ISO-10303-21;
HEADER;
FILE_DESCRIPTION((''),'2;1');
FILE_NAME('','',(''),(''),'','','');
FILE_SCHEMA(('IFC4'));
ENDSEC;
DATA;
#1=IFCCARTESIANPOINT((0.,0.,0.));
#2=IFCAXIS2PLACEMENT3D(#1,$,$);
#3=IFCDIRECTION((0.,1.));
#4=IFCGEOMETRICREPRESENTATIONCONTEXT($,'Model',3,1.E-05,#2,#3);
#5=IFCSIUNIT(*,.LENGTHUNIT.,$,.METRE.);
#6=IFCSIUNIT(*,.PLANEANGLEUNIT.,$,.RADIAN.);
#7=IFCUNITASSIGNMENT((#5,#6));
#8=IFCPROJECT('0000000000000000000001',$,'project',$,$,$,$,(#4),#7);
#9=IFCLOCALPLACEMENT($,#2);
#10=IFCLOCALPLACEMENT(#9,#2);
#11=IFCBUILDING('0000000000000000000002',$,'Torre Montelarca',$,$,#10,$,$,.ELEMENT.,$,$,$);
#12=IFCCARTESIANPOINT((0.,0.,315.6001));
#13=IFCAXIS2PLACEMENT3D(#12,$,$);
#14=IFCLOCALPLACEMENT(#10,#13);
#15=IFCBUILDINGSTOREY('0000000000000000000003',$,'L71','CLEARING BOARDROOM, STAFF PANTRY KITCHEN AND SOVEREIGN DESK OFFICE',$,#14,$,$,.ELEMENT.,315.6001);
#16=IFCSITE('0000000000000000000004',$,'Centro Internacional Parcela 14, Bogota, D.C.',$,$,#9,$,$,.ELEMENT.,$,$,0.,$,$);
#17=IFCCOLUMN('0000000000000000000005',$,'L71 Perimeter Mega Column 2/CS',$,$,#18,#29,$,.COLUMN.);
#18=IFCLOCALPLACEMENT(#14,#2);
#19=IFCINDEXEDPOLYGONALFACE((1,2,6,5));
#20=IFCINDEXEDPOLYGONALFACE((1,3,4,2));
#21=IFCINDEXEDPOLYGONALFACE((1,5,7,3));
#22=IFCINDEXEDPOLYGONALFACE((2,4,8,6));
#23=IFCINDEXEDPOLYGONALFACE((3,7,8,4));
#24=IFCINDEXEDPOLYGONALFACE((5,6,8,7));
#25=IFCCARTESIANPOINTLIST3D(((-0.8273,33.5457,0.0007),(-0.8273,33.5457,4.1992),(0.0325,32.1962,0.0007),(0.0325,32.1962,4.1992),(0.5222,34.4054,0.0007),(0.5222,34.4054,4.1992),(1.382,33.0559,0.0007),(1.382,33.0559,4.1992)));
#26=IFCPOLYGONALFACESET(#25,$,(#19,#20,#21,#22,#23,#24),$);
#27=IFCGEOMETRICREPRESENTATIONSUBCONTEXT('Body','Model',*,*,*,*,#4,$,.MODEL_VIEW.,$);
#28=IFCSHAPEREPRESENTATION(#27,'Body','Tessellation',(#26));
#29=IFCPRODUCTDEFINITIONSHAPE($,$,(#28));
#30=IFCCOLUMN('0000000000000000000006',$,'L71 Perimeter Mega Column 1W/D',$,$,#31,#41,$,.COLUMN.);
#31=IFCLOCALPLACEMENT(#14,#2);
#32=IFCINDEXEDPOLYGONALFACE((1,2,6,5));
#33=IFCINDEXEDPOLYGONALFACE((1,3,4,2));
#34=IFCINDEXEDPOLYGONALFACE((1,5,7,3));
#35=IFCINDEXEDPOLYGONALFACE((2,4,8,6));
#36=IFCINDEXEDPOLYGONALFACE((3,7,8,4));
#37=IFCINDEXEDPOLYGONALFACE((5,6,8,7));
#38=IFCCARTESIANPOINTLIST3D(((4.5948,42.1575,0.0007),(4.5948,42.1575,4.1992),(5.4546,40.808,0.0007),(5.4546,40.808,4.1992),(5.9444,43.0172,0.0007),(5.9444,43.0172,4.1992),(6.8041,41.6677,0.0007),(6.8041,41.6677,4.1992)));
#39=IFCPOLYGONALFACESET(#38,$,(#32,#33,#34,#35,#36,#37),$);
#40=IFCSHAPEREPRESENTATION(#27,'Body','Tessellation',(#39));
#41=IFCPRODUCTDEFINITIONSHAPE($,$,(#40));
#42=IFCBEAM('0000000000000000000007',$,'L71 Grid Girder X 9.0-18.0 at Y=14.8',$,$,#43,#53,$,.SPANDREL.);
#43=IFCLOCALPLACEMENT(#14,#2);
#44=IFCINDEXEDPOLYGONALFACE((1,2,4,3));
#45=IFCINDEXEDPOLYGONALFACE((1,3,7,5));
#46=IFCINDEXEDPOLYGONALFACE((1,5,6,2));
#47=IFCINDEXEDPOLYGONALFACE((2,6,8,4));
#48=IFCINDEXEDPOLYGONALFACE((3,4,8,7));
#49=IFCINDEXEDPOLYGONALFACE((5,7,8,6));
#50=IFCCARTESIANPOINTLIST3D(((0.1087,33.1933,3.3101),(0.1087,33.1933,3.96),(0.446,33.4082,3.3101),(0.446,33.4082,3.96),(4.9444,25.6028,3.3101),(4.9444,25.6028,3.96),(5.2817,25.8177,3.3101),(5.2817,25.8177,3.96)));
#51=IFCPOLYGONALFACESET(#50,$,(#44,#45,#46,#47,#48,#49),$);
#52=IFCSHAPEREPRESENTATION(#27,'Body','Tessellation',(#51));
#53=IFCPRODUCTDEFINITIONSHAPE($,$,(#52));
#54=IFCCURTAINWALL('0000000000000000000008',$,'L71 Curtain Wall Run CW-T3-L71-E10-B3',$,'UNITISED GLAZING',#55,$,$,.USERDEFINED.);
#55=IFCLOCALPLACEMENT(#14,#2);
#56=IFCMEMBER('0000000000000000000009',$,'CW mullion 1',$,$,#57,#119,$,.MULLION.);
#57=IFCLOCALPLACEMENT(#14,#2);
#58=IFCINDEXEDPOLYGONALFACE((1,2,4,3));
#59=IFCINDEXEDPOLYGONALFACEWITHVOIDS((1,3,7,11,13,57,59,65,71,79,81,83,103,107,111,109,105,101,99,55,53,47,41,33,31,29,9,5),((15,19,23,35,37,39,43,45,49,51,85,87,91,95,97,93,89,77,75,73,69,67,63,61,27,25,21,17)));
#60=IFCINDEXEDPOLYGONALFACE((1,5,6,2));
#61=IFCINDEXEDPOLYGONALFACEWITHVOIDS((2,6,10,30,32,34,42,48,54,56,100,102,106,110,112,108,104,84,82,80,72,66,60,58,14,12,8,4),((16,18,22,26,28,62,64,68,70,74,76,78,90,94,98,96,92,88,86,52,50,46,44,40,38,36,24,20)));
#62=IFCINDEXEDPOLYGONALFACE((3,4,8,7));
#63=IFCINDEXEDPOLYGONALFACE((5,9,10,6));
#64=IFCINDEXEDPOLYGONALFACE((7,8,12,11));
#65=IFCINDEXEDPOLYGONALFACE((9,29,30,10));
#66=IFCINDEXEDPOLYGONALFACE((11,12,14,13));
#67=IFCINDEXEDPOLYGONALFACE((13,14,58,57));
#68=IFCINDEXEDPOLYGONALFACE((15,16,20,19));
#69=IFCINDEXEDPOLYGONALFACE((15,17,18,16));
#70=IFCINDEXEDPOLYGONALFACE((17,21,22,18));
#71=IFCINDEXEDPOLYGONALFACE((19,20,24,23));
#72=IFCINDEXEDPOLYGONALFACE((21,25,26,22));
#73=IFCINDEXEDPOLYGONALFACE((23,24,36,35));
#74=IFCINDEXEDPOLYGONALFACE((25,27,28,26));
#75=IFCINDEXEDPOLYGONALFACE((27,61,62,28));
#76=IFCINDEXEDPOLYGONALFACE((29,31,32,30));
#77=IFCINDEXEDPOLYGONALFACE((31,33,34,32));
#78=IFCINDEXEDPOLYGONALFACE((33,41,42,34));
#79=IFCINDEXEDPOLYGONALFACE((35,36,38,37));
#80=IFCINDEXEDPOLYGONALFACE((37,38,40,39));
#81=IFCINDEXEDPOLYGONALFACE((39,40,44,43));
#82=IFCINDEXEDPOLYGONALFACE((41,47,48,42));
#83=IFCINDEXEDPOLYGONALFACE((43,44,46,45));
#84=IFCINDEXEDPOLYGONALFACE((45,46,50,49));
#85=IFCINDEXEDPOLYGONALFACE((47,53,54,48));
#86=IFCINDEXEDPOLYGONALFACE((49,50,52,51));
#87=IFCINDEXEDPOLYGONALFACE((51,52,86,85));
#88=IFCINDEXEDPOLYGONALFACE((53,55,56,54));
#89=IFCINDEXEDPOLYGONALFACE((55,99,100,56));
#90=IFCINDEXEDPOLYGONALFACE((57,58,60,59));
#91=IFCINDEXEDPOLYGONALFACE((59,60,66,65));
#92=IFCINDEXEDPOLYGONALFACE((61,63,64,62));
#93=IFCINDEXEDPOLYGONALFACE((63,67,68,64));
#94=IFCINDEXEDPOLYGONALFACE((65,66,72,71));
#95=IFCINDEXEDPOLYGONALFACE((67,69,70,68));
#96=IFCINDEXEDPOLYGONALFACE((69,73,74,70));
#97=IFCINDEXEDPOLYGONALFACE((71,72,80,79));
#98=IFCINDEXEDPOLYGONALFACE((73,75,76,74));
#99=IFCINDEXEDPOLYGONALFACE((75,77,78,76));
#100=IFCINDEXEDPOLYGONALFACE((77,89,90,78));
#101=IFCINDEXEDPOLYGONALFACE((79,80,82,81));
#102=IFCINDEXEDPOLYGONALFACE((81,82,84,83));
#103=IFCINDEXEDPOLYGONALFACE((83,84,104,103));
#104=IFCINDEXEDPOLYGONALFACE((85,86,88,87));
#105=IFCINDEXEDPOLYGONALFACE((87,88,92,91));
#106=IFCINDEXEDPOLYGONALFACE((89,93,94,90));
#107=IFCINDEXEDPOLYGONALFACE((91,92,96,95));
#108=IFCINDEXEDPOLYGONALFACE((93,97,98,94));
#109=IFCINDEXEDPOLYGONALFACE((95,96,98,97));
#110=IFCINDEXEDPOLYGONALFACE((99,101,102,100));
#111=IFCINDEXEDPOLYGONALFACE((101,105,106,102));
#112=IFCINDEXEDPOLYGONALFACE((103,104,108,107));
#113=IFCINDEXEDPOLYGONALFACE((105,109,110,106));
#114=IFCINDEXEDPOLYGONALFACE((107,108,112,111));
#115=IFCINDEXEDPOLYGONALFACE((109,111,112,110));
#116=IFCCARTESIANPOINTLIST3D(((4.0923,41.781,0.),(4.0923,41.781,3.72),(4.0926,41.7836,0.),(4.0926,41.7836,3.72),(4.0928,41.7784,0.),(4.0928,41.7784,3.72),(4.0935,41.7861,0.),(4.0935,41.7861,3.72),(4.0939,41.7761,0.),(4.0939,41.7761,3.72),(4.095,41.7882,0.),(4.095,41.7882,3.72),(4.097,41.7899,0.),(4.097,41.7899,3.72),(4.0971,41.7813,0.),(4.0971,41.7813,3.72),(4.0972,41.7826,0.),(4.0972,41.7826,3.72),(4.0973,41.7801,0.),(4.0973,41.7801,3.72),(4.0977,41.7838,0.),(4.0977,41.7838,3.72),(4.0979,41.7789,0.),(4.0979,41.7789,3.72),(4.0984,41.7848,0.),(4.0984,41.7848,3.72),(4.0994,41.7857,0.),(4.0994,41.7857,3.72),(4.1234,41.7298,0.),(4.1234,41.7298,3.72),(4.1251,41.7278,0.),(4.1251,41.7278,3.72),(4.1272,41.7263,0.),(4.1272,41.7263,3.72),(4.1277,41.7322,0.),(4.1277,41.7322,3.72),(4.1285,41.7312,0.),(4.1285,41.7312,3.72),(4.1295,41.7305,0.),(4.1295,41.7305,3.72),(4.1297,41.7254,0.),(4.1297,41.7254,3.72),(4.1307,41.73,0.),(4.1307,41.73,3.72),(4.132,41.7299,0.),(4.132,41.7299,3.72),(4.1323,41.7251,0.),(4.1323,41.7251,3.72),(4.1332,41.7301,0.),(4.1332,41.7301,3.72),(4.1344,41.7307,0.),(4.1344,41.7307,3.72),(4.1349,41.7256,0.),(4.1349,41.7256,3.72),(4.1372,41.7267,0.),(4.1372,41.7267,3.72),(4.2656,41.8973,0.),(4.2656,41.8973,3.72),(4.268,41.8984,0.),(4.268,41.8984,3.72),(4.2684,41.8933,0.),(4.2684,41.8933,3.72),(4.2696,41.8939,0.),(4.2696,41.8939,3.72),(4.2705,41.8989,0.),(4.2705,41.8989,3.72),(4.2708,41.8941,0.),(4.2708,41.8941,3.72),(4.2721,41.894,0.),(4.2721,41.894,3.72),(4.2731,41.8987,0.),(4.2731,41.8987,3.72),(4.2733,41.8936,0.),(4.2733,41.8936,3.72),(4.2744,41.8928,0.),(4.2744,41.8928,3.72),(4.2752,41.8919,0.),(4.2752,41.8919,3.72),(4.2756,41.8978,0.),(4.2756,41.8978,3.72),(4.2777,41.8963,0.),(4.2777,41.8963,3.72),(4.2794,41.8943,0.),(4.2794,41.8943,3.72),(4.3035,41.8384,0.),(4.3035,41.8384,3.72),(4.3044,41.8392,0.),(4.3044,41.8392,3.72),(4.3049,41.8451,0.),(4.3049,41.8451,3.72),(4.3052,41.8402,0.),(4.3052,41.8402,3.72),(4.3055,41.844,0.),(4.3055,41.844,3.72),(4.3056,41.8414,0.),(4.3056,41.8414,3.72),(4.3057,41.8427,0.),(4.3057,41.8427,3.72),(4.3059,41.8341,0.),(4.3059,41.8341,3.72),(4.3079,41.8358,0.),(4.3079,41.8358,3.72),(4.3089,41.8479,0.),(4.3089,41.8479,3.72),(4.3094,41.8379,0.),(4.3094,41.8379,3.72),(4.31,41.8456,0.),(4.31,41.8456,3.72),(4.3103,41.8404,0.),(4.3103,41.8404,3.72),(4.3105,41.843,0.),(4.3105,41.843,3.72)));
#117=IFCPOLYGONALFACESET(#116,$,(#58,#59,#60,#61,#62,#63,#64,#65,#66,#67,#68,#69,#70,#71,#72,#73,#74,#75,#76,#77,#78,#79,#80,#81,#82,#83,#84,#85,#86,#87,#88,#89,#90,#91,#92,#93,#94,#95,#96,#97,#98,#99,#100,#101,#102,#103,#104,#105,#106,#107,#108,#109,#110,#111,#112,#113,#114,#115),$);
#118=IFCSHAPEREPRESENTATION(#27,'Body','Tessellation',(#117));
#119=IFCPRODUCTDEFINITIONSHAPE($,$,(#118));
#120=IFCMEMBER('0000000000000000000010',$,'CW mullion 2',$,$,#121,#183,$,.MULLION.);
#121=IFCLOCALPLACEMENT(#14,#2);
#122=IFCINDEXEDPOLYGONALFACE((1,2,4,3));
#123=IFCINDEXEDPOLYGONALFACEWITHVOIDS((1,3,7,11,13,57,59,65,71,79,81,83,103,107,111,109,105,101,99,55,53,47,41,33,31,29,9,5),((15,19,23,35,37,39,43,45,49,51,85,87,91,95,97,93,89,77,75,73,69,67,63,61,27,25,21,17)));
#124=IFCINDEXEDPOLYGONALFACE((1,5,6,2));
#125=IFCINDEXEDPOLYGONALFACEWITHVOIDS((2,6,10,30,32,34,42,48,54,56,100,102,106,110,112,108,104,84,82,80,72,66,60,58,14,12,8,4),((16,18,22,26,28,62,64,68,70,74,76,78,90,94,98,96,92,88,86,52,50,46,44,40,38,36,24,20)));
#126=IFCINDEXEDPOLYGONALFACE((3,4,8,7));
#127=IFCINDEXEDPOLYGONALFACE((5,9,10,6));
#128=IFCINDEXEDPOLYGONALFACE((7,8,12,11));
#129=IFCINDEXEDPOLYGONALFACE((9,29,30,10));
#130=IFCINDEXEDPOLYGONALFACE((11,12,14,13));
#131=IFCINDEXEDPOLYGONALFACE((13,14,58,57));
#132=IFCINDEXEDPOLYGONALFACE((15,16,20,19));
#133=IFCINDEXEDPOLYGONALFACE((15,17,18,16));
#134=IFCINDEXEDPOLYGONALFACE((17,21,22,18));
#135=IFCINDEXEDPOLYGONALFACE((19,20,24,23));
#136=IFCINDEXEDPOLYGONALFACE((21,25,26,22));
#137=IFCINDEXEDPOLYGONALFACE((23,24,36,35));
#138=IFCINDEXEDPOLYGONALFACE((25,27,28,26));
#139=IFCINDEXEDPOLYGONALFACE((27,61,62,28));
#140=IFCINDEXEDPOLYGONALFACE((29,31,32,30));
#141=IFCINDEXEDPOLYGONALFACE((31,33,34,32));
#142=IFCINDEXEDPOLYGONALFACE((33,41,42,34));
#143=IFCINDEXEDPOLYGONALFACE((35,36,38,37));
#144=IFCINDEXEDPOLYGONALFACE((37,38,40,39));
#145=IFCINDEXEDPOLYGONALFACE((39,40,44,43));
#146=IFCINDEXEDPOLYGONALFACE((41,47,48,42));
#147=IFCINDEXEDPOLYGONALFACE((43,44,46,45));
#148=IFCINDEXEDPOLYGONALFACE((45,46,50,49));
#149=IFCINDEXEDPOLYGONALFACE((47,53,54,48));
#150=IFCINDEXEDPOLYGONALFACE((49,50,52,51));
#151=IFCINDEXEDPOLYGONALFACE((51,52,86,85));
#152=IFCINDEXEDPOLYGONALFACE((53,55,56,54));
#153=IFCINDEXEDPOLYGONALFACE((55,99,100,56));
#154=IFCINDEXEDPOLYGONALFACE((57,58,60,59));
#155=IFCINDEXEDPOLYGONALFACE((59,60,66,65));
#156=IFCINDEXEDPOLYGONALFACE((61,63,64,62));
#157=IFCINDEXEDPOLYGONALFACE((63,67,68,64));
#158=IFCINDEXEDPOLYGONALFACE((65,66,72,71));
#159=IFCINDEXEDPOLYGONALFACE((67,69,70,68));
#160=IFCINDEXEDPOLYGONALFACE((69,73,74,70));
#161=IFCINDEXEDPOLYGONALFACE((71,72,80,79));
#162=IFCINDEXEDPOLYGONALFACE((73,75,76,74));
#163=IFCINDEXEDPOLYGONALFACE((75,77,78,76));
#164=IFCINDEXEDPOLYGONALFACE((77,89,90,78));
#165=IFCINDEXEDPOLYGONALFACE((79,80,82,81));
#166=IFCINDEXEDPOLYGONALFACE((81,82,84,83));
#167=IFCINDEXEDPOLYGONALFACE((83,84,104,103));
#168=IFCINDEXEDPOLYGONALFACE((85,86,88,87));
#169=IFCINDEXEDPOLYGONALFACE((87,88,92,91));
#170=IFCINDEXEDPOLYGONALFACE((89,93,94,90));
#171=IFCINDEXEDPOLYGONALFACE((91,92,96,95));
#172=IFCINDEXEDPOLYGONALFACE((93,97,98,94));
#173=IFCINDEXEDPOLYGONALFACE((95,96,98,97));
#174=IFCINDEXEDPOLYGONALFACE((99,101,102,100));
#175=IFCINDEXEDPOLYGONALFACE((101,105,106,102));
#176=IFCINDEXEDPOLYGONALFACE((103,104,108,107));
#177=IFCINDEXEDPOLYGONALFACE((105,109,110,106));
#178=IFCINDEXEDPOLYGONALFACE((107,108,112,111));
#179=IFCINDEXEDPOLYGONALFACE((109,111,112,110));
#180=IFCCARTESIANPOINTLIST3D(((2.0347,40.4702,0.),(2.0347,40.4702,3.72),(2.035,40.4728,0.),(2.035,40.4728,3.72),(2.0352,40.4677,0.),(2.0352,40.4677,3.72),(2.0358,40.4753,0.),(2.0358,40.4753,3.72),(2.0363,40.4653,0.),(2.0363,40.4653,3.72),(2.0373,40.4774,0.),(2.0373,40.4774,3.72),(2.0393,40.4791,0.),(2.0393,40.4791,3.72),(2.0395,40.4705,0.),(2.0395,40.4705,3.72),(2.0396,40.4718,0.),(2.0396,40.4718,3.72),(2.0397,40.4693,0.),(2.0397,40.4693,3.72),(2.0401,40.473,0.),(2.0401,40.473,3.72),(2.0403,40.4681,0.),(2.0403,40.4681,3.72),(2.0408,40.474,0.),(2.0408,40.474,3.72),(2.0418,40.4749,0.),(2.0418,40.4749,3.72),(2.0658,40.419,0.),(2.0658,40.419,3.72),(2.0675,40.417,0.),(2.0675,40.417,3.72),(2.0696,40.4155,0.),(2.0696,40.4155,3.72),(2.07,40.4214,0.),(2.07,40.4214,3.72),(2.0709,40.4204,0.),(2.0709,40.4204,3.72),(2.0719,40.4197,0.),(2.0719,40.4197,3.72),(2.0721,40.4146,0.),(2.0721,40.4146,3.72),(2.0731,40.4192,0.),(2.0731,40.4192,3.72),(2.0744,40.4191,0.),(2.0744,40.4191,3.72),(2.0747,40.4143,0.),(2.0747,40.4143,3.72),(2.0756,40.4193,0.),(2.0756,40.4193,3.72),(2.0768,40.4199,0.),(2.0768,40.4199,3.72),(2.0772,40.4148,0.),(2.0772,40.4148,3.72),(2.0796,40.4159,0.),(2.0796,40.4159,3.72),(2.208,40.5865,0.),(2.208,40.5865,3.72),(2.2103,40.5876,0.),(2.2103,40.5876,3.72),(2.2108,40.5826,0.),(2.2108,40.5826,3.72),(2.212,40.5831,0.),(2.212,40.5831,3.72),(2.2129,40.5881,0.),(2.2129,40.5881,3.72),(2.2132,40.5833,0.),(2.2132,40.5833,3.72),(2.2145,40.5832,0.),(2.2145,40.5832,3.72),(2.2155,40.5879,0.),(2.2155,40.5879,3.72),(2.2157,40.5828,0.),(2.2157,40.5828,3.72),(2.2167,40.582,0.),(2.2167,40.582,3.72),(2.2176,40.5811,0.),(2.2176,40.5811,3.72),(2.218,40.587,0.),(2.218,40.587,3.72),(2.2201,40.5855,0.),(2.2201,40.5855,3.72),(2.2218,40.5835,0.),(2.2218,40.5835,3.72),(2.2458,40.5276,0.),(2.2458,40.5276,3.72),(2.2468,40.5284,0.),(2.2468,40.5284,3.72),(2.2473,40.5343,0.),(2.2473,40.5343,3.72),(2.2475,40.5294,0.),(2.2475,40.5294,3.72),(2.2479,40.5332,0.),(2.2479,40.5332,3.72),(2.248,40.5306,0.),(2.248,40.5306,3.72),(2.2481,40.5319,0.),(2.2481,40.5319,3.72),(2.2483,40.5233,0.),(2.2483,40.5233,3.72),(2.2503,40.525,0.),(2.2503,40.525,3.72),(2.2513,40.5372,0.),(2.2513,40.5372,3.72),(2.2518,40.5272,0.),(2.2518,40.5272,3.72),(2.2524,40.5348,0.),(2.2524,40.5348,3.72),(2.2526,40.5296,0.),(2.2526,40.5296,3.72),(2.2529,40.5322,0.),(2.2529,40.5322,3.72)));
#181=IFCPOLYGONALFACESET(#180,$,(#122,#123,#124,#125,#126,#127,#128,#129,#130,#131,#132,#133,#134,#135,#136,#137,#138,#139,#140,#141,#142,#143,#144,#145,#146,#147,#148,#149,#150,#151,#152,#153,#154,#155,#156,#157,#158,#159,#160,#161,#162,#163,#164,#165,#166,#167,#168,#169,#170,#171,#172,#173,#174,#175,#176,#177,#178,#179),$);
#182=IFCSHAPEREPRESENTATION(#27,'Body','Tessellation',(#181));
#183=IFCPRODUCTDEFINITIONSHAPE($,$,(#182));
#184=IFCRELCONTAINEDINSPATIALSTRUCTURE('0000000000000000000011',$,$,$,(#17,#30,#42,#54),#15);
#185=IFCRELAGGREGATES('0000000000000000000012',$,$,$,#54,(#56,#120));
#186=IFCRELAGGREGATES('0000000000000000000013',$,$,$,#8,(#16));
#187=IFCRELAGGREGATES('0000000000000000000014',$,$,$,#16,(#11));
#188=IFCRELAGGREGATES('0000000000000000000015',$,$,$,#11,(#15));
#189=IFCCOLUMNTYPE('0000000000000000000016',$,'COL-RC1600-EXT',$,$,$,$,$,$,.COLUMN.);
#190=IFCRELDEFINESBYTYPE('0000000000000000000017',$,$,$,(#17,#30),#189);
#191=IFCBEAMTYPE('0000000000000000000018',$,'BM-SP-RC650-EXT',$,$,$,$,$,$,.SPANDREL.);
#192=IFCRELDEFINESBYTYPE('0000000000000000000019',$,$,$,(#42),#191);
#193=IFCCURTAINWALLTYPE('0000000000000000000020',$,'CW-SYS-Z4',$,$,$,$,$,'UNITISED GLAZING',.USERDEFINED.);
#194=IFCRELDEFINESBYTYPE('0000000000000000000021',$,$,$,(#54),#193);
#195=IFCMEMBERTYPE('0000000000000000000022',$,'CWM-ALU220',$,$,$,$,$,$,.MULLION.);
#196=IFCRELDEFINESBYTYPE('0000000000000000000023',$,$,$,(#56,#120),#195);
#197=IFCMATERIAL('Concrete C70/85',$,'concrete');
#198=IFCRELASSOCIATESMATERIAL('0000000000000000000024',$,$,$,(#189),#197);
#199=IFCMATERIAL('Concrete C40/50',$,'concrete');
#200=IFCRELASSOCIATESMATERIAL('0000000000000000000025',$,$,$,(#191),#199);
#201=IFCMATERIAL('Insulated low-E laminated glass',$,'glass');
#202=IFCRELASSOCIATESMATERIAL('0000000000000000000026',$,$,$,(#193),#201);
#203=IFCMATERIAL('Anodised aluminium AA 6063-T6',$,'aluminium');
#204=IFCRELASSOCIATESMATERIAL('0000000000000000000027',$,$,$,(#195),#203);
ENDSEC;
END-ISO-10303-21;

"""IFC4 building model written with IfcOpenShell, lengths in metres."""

from ifc_helpers import new_model, si_unit, direction, frame, origin, origin_2d, place, context, subcontext, project, spatial, rectangle, hollow_rectangle, extrude, source, transform, mapped, material, material_profile, profile_set, type_object, element, aggregate, save


model = new_model("IFC4")

# Units and contexts
model_context = context("Model", 3, precision=1e-05, world=origin(), true_north=direction((0.0, 1.0)))
body_context = subcontext(model_context, "Body", "Model", "MODEL_VIEW")
ifc_project = project(units=[si_unit("LENGTHUNIT", "METRE"), si_unit("PLANEANGLEUNIT", "RADIAN")], contexts=[model_context])

# Site, building, storey
site_placement = place(None, origin())
site = spatial("IfcSite", under=ifc_project, at=site_placement, Name="Centro Internacional Parcela 14, Bogota, D.C.", CompositionType="ELEMENT", RefElevation=0.0)
building_placement = place(site_placement, origin())
building = spatial("IfcBuilding", under=site, at=building_placement, Name="Torre Montelarca", CompositionType="ELEMENT")
storey_placement = place(building_placement, frame((0.0, 0.0, 315.6001)))
storey = spatial("IfcBuildingStorey", under=building, at=storey_placement, Name="L71", Description="CLEARING BOARDROOM, STAFF PANTRY KITCHEN AND SOVEREIGN DESK OFFICE", CompositionType="ELEMENT", Elevation=315.6001)

# Columns
ifc_material_1 = material(Name="Concrete C70/85", Category="concrete")
ifc_material_profile_1 = material_profile(ifc_material_1, rectangle(XDim=1.6001, YDim=1.6001, at=origin_2d()), Name="RC1600X1600", Category="concrete")
ifc_profile_set_1 = profile_set([ifc_material_profile_1], Name="Concrete C70/85")
column_type = type_object("IfcColumnType", Name="COL-RC1600-EXT", PredefinedType="COLUMN", material=ifc_profile_set_1)
shared_shape_1 = source(origin(), body_context, "Body", "SweptSolid", [
    extrude(rectangle(XDim=1.6001, YDim=1.6001, at=origin_2d()), origin(), (0.0, 0.0, 1.0), 4.1985),
])
for number, where, z_axis, x_axis, name in (
    (1, (0.2773, 33.3008, 0.0007), (0.0, 0.0, 1.0), (-0.5373, 0.843391, 0.0), "L71 Perimeter Mega Column 2/CS"),
    (2, (5.6995, 41.9126, 0.0007), (0.0, 0.0, 1.0), (-0.5373, 0.843391, 0.0), "L71 Perimeter Mega Column 1W/D"),
):
    element("IfcColumn", number, at=place(storey_placement, frame(where, z_axis=z_axis, x_axis=x_axis)), inside=storey, type_object=column_type, Name=name, PredefinedType="COLUMN", context=body_context, shape_type="MappedRepresentation", body=[
        mapped(shared_shape_1, transform((0.0, 0.0, 0.0), scale=1.0)),
    ])

# Beam
ifc_material_2 = material(Name="Concrete C40/50", Category="concrete")
ifc_material_profile_2 = material_profile(ifc_material_2, rectangle(XDim=0.3999, YDim=0.6499, at=origin_2d()), Name="RCB400X650", Category="concrete")
ifc_profile_set_2 = profile_set([ifc_material_profile_2], Name="Concrete C40/50")
beam_type = type_object("IfcBeamType", Name="BM-SP-RC650-EXT", PredefinedType="SPANDREL", material=ifc_profile_set_2)
shared_shape_2 = source(origin(), body_context, "Body", "SweptSolid", [
    extrude(rectangle(XDim=0.3999, YDim=0.6499, at=origin_2d()), origin(), (0.0, 0.0, 1.0), 9.0),
])
beam_placement = place(storey_placement, frame((0.2773, 33.3008, 3.635), z_axis=(0.537297, -0.843393, 0.0), x_axis=(0.843393, 0.537297, 0.0)))
element("IfcBeam", 3, at=beam_placement, inside=storey, type_object=beam_type, Name="L71 Grid Girder X 9.0-18.0 at Y=14.8", PredefinedType="SPANDREL", context=body_context, shape_type="MappedRepresentation", body=[
    mapped(shared_shape_2, transform((0.0, 0.0, 0.0), scale=1.0)),
])

# Curtain wall, members
ifc_material_3 = material(Name="Insulated low-E laminated glass", Category="glass")
curtain_wall_type = type_object("IfcCurtainWallType", Name="CW-SYS-Z4", ElementType="UNITISED GLAZING", PredefinedType="USERDEFINED", material=ifc_material_3)
curtain_wall_1_placement = place(storey_placement, origin())
curtain_wall_1 = element("IfcCurtainWall", 4, at=curtain_wall_1_placement, inside=storey, type_object=curtain_wall_type, Name="L71 Curtain Wall Run CW-T3-L71-E10-B3", ObjectType="UNITISED GLAZING", PredefinedType="USERDEFINED")
ifc_material_4 = material(Name="Anodised aluminium AA 6063-T6", Category="aluminium")
ifc_material_profile_3 = material_profile(ifc_material_4, hollow_rectangle(XDim=0.075, YDim=0.22, WallThickness=0.0049, InnerFilletRadius=0.0049, OuterFilletRadius=0.01, at=origin_2d()), Name="ALU75X220X5", Category="aluminium")
ifc_profile_set_3 = profile_set([ifc_material_profile_3], Name="Anodised aluminium AA 6063-T6")
member_type_1 = type_object("IfcMemberType", Name="CWM-ALU220", PredefinedType="MULLION", material=ifc_profile_set_3)
shared_shape_3 = source(origin(), body_context, "Body", "SweptSolid", [
    extrude(hollow_rectangle(XDim=0.075, YDim=0.22, WallThickness=0.0049, InnerFilletRadius=0.0049, OuterFilletRadius=0.01, at=origin_2d()), origin(), (0.0, 0.0, 1.0), 3.72),
])
member_1_placement = place(storey_placement, frame((4.2014, 41.812, 0.0), z_axis=(0.0, 0.0, 1.0), x_axis=(0.537304, -0.843389, 0.0)))
member_1 = element("IfcMember", 5, at=member_1_placement, type_object=member_type_1, Name="CW mullion 1", PredefinedType="MULLION", context=body_context, shape_type="MappedRepresentation", body=[
    mapped(shared_shape_3, transform((0.0, 0.0, 0.0), scale=1.0)),
])
member_2_placement = place(storey_placement, frame((2.1438, 40.5012, 0.0), z_axis=(0.0, 0.0, 1.0), x_axis=(0.537304, -0.843389, 0.0)))
member_2 = element("IfcMember", 6, at=member_2_placement, type_object=member_type_1, Name="CW mullion 2", PredefinedType="MULLION", context=body_context, shape_type="MappedRepresentation", body=[
    mapped(shared_shape_3, transform((0.0, 0.0, 0.0), scale=1.0)),
])

aggregate(curtain_wall_1, [member_1, member_2])

save(model, "model.ifc")
